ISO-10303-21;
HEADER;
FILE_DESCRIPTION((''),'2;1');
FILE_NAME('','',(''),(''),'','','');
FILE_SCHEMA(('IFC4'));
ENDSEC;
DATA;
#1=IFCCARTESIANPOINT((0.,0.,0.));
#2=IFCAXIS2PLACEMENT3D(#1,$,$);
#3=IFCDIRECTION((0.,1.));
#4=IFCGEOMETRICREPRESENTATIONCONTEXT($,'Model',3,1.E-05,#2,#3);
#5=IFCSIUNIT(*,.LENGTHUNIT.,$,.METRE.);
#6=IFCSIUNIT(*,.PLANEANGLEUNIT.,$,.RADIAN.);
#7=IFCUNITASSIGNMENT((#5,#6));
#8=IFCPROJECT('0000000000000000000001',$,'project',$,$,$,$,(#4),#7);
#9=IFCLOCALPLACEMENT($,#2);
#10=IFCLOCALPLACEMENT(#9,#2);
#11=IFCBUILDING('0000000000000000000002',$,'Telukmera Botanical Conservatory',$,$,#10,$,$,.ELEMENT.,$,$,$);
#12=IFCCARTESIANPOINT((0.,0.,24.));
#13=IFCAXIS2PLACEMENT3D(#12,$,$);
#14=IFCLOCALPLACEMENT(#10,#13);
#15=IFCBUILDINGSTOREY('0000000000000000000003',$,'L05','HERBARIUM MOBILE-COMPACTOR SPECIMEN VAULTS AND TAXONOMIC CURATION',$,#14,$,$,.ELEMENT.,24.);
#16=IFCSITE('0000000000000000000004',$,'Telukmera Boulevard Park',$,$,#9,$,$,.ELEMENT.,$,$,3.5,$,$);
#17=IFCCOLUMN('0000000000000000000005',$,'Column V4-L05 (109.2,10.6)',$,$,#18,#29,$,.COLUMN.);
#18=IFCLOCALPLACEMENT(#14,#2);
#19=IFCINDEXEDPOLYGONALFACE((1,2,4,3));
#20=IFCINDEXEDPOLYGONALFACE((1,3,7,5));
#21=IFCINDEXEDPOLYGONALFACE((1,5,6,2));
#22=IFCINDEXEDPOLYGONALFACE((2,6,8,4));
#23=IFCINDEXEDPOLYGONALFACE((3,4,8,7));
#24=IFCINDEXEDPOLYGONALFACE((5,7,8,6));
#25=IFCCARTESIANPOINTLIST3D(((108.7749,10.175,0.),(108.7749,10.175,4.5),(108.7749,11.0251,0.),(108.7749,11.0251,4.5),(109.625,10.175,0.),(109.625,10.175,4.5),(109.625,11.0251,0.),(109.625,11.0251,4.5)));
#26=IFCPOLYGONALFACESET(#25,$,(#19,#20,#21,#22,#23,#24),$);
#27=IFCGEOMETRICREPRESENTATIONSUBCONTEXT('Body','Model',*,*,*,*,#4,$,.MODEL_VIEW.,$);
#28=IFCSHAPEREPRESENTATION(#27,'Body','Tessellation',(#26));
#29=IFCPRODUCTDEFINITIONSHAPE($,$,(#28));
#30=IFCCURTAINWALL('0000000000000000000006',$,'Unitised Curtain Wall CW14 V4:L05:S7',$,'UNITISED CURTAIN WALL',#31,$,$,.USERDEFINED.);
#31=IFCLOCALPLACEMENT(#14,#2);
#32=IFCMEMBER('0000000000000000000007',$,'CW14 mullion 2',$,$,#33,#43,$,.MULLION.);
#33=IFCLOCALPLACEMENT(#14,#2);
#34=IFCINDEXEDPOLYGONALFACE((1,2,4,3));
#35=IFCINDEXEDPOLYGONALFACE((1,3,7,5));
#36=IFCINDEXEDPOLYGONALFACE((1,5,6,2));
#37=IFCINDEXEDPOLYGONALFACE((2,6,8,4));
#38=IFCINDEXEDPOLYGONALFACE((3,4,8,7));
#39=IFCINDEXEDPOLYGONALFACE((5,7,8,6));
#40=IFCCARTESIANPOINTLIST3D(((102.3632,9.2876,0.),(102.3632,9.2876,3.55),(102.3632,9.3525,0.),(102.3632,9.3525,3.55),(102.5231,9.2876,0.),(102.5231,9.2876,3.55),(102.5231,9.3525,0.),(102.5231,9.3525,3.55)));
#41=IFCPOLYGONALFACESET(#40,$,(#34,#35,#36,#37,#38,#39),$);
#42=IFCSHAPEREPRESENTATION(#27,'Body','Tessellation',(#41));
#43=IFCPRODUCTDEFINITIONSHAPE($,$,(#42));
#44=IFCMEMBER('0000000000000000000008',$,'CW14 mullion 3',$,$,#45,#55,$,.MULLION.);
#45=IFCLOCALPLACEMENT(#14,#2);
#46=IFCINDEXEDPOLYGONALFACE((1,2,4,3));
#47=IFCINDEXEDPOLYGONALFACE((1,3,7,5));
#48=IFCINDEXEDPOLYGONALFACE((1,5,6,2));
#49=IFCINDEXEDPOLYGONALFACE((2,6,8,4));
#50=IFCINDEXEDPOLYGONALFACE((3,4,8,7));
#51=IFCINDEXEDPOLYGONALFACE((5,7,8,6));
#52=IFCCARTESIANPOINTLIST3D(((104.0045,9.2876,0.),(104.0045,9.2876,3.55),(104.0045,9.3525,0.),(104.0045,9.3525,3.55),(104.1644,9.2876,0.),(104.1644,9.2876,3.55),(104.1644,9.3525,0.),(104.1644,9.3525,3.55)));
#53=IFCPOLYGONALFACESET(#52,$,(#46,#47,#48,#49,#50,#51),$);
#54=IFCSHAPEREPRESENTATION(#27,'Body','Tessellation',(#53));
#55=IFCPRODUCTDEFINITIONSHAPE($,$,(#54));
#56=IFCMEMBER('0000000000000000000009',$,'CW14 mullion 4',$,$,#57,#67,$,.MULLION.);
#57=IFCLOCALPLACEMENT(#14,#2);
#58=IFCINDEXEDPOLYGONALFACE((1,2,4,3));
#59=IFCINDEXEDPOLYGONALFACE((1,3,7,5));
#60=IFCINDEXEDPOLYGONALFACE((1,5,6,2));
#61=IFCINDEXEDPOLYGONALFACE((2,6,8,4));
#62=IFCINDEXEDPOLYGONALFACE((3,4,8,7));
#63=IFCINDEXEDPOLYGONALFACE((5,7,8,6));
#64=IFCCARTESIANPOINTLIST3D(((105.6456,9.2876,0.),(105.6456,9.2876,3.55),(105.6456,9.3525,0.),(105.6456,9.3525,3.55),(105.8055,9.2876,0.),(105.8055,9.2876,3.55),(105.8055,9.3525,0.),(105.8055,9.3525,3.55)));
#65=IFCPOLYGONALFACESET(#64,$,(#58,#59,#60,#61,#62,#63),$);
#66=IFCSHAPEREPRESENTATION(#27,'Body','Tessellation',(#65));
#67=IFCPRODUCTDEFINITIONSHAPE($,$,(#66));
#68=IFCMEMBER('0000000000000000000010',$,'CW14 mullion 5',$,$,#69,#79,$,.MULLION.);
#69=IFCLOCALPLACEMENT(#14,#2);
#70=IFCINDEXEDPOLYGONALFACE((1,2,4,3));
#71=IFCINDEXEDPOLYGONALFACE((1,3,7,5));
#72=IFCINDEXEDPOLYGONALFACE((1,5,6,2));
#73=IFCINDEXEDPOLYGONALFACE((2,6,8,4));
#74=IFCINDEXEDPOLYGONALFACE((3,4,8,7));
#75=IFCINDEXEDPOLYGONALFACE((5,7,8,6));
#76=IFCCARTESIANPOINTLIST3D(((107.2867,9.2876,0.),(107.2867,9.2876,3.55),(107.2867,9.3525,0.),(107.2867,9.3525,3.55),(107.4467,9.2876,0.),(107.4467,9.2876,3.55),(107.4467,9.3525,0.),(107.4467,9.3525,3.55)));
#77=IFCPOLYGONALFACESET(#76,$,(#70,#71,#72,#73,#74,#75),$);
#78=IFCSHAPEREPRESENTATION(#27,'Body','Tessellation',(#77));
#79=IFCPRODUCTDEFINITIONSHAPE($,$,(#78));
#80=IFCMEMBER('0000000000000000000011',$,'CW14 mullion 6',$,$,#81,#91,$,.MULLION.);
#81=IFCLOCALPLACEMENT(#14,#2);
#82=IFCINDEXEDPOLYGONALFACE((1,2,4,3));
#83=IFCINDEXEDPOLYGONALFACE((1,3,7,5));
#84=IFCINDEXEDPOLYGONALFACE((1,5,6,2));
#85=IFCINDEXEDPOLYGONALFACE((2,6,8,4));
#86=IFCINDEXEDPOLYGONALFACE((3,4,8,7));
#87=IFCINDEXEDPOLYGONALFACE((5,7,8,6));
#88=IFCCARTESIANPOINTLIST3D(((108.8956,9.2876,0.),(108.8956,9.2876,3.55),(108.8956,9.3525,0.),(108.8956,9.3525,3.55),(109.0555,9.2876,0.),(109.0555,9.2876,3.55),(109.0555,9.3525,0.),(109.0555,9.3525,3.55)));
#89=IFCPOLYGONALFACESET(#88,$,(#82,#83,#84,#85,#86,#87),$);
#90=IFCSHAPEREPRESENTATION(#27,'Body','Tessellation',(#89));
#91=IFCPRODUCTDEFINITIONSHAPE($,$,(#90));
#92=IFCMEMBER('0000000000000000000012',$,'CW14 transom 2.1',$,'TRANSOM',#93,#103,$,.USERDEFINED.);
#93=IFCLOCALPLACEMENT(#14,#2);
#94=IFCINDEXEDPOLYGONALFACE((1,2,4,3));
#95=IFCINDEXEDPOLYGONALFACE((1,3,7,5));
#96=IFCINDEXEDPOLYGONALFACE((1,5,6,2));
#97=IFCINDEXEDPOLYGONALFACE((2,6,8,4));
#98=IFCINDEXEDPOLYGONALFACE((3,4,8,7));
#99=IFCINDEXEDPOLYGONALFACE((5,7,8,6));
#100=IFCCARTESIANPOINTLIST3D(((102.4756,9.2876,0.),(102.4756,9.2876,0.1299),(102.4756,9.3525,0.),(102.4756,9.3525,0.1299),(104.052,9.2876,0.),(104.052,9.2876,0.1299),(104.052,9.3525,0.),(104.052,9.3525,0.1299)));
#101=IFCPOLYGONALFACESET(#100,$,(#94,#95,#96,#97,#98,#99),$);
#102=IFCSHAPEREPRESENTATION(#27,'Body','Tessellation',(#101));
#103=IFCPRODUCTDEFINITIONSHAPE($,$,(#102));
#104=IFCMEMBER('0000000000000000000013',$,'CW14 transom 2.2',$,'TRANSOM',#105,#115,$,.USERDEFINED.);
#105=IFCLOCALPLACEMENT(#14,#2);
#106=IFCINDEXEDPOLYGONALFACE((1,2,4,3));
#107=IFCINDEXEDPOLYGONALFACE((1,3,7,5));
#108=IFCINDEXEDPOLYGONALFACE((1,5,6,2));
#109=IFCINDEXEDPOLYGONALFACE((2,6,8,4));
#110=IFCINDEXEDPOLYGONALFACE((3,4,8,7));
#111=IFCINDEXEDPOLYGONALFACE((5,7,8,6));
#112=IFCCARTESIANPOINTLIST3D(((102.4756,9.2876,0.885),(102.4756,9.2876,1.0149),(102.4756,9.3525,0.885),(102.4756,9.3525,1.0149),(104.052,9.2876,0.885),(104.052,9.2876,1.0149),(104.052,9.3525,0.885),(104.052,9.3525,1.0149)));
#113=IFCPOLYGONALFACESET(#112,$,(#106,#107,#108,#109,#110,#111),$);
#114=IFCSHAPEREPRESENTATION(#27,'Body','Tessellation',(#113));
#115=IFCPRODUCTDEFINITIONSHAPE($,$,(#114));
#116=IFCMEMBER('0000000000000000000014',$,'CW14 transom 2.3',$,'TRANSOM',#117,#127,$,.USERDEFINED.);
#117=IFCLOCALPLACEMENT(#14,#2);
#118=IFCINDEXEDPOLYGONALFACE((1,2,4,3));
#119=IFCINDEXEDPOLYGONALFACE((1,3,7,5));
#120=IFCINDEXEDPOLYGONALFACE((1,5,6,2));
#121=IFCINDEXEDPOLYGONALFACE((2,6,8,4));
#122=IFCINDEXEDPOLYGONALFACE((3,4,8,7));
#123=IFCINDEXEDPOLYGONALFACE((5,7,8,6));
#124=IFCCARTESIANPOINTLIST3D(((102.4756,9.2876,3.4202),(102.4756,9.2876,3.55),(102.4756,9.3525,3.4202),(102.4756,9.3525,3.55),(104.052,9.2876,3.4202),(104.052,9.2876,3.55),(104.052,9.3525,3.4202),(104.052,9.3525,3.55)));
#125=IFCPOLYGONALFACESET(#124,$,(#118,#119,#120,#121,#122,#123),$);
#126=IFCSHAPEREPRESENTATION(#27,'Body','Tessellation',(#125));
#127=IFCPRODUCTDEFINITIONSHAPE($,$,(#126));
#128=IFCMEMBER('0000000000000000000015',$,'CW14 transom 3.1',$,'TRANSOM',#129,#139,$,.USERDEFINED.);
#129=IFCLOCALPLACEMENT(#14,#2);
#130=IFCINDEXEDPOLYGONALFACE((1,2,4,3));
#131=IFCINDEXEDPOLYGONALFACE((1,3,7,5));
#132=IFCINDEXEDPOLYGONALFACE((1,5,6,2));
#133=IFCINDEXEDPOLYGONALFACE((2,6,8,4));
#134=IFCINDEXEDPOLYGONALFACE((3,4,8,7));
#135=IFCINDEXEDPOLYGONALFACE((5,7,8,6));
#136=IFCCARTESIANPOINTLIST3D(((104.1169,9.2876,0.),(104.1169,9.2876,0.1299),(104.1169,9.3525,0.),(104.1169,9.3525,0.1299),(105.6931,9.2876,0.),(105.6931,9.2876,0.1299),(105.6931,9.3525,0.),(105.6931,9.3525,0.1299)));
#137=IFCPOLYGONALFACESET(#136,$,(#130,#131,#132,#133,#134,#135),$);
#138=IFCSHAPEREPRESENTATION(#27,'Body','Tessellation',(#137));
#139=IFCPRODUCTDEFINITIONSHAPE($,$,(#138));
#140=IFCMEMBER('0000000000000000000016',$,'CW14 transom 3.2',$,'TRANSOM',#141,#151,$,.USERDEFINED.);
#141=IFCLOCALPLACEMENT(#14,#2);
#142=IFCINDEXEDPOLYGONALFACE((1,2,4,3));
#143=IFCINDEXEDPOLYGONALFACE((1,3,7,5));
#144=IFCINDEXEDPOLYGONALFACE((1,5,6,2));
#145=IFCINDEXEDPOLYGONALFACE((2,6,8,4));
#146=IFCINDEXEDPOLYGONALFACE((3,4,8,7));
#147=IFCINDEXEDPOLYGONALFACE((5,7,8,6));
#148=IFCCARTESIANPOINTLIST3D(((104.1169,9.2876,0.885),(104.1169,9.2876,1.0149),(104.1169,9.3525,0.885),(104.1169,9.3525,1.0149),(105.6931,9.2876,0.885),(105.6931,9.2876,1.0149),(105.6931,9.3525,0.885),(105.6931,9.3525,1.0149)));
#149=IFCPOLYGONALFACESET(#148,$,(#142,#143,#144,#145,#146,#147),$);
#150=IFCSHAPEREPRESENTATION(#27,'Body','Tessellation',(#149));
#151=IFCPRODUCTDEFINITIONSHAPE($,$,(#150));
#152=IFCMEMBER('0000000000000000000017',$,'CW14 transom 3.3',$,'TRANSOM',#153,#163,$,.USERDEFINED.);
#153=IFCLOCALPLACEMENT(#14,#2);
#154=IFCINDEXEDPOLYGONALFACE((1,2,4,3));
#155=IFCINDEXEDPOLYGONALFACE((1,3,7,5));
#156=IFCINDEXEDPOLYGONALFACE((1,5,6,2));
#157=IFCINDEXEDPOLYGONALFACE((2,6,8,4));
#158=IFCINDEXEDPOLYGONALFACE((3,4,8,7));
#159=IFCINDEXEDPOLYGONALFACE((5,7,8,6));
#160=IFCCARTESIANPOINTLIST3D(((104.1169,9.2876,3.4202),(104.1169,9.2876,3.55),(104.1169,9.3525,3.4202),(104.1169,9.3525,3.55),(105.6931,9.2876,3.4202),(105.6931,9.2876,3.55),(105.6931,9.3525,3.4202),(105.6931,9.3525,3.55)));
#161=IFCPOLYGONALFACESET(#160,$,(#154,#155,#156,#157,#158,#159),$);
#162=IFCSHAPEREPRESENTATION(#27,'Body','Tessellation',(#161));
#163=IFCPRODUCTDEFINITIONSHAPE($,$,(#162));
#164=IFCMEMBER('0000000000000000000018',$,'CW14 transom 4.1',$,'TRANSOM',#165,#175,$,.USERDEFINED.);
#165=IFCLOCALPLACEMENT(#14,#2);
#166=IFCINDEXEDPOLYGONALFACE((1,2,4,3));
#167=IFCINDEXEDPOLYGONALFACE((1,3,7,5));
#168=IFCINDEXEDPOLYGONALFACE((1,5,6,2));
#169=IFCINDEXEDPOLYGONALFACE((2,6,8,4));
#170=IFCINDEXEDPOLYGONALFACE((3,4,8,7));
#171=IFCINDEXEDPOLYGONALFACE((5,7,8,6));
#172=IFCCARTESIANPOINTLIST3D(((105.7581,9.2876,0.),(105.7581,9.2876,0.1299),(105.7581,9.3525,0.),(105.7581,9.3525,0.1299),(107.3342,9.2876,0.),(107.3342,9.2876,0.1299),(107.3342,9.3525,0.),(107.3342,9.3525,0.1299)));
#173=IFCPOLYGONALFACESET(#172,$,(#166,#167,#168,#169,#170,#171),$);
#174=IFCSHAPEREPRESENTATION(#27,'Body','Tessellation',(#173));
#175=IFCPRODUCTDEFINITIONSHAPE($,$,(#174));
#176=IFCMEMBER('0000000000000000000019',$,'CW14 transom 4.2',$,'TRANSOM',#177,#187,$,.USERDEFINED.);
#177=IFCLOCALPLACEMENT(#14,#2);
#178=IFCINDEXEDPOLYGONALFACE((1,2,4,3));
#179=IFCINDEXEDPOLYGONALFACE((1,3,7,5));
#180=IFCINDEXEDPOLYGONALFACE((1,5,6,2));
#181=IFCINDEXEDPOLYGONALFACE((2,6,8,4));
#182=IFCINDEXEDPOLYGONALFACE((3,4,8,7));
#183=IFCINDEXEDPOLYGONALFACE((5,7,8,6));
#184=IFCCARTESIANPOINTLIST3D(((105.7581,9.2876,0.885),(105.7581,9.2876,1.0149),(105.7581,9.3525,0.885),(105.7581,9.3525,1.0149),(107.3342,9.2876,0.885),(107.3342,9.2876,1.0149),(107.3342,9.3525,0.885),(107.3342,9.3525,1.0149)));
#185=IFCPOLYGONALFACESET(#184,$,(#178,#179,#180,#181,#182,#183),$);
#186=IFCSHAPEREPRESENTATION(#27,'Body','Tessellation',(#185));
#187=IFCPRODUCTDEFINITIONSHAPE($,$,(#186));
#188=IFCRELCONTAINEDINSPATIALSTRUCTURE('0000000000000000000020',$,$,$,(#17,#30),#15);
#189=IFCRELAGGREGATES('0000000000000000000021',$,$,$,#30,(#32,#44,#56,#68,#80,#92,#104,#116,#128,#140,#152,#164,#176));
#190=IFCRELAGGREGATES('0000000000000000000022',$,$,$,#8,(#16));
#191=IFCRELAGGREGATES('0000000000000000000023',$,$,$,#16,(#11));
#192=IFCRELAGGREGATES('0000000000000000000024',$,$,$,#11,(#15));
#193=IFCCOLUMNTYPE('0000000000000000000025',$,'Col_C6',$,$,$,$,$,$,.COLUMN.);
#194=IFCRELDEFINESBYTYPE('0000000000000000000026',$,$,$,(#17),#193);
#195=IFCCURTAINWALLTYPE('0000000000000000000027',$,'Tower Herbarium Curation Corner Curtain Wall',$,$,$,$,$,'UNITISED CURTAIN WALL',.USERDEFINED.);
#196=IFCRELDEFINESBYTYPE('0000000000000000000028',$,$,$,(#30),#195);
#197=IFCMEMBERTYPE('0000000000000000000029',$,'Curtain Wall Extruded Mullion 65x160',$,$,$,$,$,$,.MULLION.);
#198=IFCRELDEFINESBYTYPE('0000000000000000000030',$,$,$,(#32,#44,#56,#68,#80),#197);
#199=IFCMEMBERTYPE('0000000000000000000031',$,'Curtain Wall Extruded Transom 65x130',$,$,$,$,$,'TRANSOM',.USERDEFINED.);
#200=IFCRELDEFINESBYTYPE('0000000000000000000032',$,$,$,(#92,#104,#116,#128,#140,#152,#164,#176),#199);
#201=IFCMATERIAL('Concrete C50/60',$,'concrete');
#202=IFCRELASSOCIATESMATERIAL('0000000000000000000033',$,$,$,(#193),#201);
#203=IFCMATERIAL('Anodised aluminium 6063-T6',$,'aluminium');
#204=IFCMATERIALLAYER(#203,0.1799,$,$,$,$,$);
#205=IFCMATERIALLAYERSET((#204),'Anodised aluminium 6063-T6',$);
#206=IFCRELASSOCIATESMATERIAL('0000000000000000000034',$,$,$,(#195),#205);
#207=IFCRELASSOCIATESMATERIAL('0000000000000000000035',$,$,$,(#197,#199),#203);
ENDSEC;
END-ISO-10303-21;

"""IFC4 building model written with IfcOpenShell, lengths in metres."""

from ifc_helpers import new_model, si_unit, direction, frame, origin, origin_2d, place, context, subcontext, project, spatial, rectangle, extrude, material, layer, layer_set, material_profile, profile_set, type_object, element, aggregate, save


model = new_model("IFC4")

# Units and contexts
model_context = context("Model", 3, precision=1e-05, world=origin(), true_north=direction((0.0, 1.0)))
body_context = subcontext(model_context, "Body", "Model", "MODEL_VIEW")
ifc_project = project(units=[si_unit("LENGTHUNIT", "METRE"), si_unit("PLANEANGLEUNIT", "RADIAN")], contexts=[model_context])

# Site, building, storey
site_placement = place(None, origin())
site = spatial("IfcSite", under=ifc_project, at=site_placement, Name="Telukmera Boulevard Park", CompositionType="ELEMENT", RefElevation=3.5)
building_placement = place(site_placement, origin())
building = spatial("IfcBuilding", under=site, at=building_placement, Name="Telukmera Botanical Conservatory", CompositionType="ELEMENT")
storey_placement = place(building_placement, frame((0.0, 0.0, 24.0)))
storey = spatial("IfcBuildingStorey", under=building, at=storey_placement, Name="L05", Description="HERBARIUM MOBILE-COMPACTOR SPECIMEN VAULTS AND TAXONOMIC CURATION", CompositionType="ELEMENT", Elevation=24.0)

# Column
ifc_material_1 = material(Name="Concrete C50/60", Category="concrete")
ifc_material_profile_1 = material_profile(ifc_material_1, rectangle(XDim=0.8501, YDim=0.8501, at=origin_2d()), Name="RC 850x850")
ifc_profile_set_1 = profile_set([ifc_material_profile_1], Name="Concrete C50/60")
column_type = type_object("IfcColumnType", Name="Col_C6", PredefinedType="COLUMN", material=ifc_profile_set_1)
column_placement = place(storey_placement, frame((109.2, 10.6001, 0.0), z_axis=(0.0, 0.0, 1.0), x_axis=(1.0, 0.0, 0.0)))
element("IfcColumn", 1, at=column_placement, inside=storey, type_object=column_type, Name="Column V4-L05 (109.2,10.6)", PredefinedType="COLUMN", context=body_context, shape_type="SweptSolid", body=[
    extrude(rectangle(XDim=0.8501, YDim=0.8501, at=origin_2d()), origin(), (0.0, 0.0, 1.0), 4.5),
])

# Curtain wall, members
ifc_material_2 = material(Name="Anodised aluminium 6063-T6", Category="aluminium")
ifc_layer_1 = layer(ifc_material_2, 0.1799)
ifc_layer_set_1 = layer_set([ifc_layer_1], Name="Anodised aluminium 6063-T6")
curtain_wall_type = type_object("IfcCurtainWallType", Name="Tower Herbarium Curation Corner Curtain Wall", ElementType="UNITISED CURTAIN WALL", PredefinedType="USERDEFINED", material=ifc_layer_set_1)
curtain_wall_placement = place(storey_placement, origin())
curtain_wall = element("IfcCurtainWall", 2, at=curtain_wall_placement, inside=storey, type_object=curtain_wall_type, Name="Unitised Curtain Wall CW14 V4:L05:S7", ObjectType="UNITISED CURTAIN WALL", PredefinedType="USERDEFINED")
ifc_material_profile_2 = material_profile(ifc_material_2, rectangle(XDim=0.0649, YDim=0.1599, at=origin_2d()), Name="ALU MULL 65x160")
ifc_profile_set_2 = profile_set([ifc_material_profile_2], Name="Anodised aluminium 6063-T6")
member_type_1 = type_object("IfcMemberType", Name="Curtain Wall Extruded Mullion 65x160", PredefinedType="MULLION", material=ifc_profile_set_2)
member_1_placement = place(storey_placement, frame((102.4431, 9.3201, 0.0), z_axis=(0.0, 0.0, 1.0), x_axis=(0.0, 1.0, 0.0)))
member_1 = element("IfcMember", 3, at=member_1_placement, type_object=member_type_1, Name="CW14 mullion 2", PredefinedType="MULLION", context=body_context, shape_type="SweptSolid", body=[
    extrude(rectangle(XDim=0.0649, YDim=0.1599, at=origin_2d()), origin(), (0.0, 0.0, 1.0), 3.55),
])
member_2_placement = place(storey_placement, frame((104.0845, 9.3201, 0.0), z_axis=(0.0, 0.0, 1.0), x_axis=(0.0, 1.0, 0.0)))
member_2 = element("IfcMember", 4, at=member_2_placement, type_object=member_type_1, Name="CW14 mullion 3", PredefinedType="MULLION", context=body_context, shape_type="SweptSolid", body=[
    extrude(rectangle(XDim=0.0649, YDim=0.1599, at=origin_2d()), origin(), (0.0, 0.0, 1.0), 3.55),
])
member_3_placement = place(storey_placement, frame((105.7256, 9.3201, 0.0), z_axis=(0.0, 0.0, 1.0), x_axis=(0.0, 1.0, 0.0)))
member_3 = element("IfcMember", 5, at=member_3_placement, type_object=member_type_1, Name="CW14 mullion 4", PredefinedType="MULLION", context=body_context, shape_type="SweptSolid", body=[
    extrude(rectangle(XDim=0.0649, YDim=0.1599, at=origin_2d()), origin(), (0.0, 0.0, 1.0), 3.55),
])
member_4_placement = place(storey_placement, frame((107.3667, 9.3201, 0.0), z_axis=(0.0, 0.0, 1.0), x_axis=(0.0, 1.0, 0.0)))
member_4 = element("IfcMember", 6, at=member_4_placement, type_object=member_type_1, Name="CW14 mullion 5", PredefinedType="MULLION", context=body_context, shape_type="SweptSolid", body=[
    extrude(rectangle(XDim=0.0649, YDim=0.1599, at=origin_2d()), origin(), (0.0, 0.0, 1.0), 3.55),
])
member_5_placement = place(storey_placement, frame((108.9756, 9.3201, 0.0), z_axis=(0.0, 0.0, 1.0), x_axis=(0.0, 1.0, 0.0)))
member_5 = element("IfcMember", 7, at=member_5_placement, type_object=member_type_1, Name="CW14 mullion 6", PredefinedType="MULLION", context=body_context, shape_type="SweptSolid", body=[
    extrude(rectangle(XDim=0.0649, YDim=0.1599, at=origin_2d()), origin(), (0.0, 0.0, 1.0), 3.55),
])
ifc_material_profile_3 = material_profile(ifc_material_2, rectangle(XDim=0.0649, YDim=0.1299, at=origin_2d()), Name="ALU TRAN 65x130")
ifc_profile_set_3 = profile_set([ifc_material_profile_3], Name="Anodised aluminium 6063-T6")
member_type_2 = type_object("IfcMemberType", Name="Curtain Wall Extruded Transom 65x130", ElementType="TRANSOM", PredefinedType="USERDEFINED", material=ifc_profile_set_3)
member_6_placement = place(storey_placement, frame((102.4756, 9.3201, 0.0649), z_axis=(1.0, 0.0, 0.0), x_axis=(0.0, 1.0, 0.0)))
member_6 = element("IfcMember", 8, at=member_6_placement, type_object=member_type_2, Name="CW14 transom 2.1", ObjectType="TRANSOM", PredefinedType="USERDEFINED", context=body_context, shape_type="SweptSolid", body=[
    extrude(rectangle(XDim=0.0649, YDim=0.1299, at=origin_2d()), origin(), (0.0, 0.0, 1.0), 1.5764),
])
member_7_placement = place(storey_placement, frame((102.4756, 9.3201, 0.95), z_axis=(1.0, 0.0, 0.0), x_axis=(0.0, 1.0, 0.0)))
member_7 = element("IfcMember", 9, at=member_7_placement, type_object=member_type_2, Name="CW14 transom 2.2", ObjectType="TRANSOM", PredefinedType="USERDEFINED", context=body_context, shape_type="SweptSolid", body=[
    extrude(rectangle(XDim=0.0649, YDim=0.1299, at=origin_2d()), origin(), (0.0, 0.0, 1.0), 1.5764),
])
member_8_placement = place(storey_placement, frame((102.4756, 9.3201, 3.4851), z_axis=(1.0, 0.0, 0.0), x_axis=(0.0, 1.0, 0.0)))
member_8 = element("IfcMember", 10, at=member_8_placement, type_object=member_type_2, Name="CW14 transom 2.3", ObjectType="TRANSOM", PredefinedType="USERDEFINED", context=body_context, shape_type="SweptSolid", body=[
    extrude(rectangle(XDim=0.0649, YDim=0.1299, at=origin_2d()), origin(), (0.0, 0.0, 1.0), 1.5764),
])
member_9_placement = place(storey_placement, frame((104.1169, 9.3201, 0.0649), z_axis=(1.0, 0.0, 0.0), x_axis=(0.0, 1.0, 0.0)))
member_9 = element("IfcMember", 11, at=member_9_placement, type_object=member_type_2, Name="CW14 transom 3.1", ObjectType="TRANSOM", PredefinedType="USERDEFINED", context=body_context, shape_type="SweptSolid", body=[
    extrude(rectangle(XDim=0.0649, YDim=0.1299, at=origin_2d()), origin(), (0.0, 0.0, 1.0), 1.5762),
])
member_10_placement = place(storey_placement, frame((104.1169, 9.3201, 0.95), z_axis=(1.0, 0.0, 0.0), x_axis=(0.0, 1.0, 0.0)))
member_10 = element("IfcMember", 12, at=member_10_placement, type_object=member_type_2, Name="CW14 transom 3.2", ObjectType="TRANSOM", PredefinedType="USERDEFINED", context=body_context, shape_type="SweptSolid", body=[
    extrude(rectangle(XDim=0.0649, YDim=0.1299, at=origin_2d()), origin(), (0.0, 0.0, 1.0), 1.5762),
])
member_11_placement = place(storey_placement, frame((104.1169, 9.3201, 3.4851), z_axis=(1.0, 0.0, 0.0), x_axis=(0.0, 1.0, 0.0)))
member_11 = element("IfcMember", 13, at=member_11_placement, type_object=member_type_2, Name="CW14 transom 3.3", ObjectType="TRANSOM", PredefinedType="USERDEFINED", context=body_context, shape_type="SweptSolid", body=[
    extrude(rectangle(XDim=0.0649, YDim=0.1299, at=origin_2d()), origin(), (0.0, 0.0, 1.0), 1.5762),
])
member_12_placement = place(storey_placement, frame((105.7581, 9.3201, 0.0649), z_axis=(1.0, 0.0, 0.0), x_axis=(0.0, 1.0, 0.0)))
member_12 = element("IfcMember", 14, at=member_12_placement, type_object=member_type_2, Name="CW14 transom 4.1", ObjectType="TRANSOM", PredefinedType="USERDEFINED", context=body_context, shape_type="SweptSolid", body=[
    extrude(rectangle(XDim=0.0649, YDim=0.1299, at=origin_2d()), origin(), (0.0, 0.0, 1.0), 1.5762),
])
member_13_placement = place(storey_placement, frame((105.7581, 9.3201, 0.95), z_axis=(1.0, 0.0, 0.0), x_axis=(0.0, 1.0, 0.0)))
member_13 = element("IfcMember", 15, at=member_13_placement, type_object=member_type_2, Name="CW14 transom 4.2", ObjectType="TRANSOM", PredefinedType="USERDEFINED", context=body_context, shape_type="SweptSolid", body=[
    extrude(rectangle(XDim=0.0649, YDim=0.1299, at=origin_2d()), origin(), (0.0, 0.0, 1.0), 1.5762),
])
aggregate(curtain_wall, [member_1, member_2, member_3, member_4, member_5, member_6, member_7, member_8, member_9, member_10, member_11, member_12, member_13])

save(model, "model.ifc")
